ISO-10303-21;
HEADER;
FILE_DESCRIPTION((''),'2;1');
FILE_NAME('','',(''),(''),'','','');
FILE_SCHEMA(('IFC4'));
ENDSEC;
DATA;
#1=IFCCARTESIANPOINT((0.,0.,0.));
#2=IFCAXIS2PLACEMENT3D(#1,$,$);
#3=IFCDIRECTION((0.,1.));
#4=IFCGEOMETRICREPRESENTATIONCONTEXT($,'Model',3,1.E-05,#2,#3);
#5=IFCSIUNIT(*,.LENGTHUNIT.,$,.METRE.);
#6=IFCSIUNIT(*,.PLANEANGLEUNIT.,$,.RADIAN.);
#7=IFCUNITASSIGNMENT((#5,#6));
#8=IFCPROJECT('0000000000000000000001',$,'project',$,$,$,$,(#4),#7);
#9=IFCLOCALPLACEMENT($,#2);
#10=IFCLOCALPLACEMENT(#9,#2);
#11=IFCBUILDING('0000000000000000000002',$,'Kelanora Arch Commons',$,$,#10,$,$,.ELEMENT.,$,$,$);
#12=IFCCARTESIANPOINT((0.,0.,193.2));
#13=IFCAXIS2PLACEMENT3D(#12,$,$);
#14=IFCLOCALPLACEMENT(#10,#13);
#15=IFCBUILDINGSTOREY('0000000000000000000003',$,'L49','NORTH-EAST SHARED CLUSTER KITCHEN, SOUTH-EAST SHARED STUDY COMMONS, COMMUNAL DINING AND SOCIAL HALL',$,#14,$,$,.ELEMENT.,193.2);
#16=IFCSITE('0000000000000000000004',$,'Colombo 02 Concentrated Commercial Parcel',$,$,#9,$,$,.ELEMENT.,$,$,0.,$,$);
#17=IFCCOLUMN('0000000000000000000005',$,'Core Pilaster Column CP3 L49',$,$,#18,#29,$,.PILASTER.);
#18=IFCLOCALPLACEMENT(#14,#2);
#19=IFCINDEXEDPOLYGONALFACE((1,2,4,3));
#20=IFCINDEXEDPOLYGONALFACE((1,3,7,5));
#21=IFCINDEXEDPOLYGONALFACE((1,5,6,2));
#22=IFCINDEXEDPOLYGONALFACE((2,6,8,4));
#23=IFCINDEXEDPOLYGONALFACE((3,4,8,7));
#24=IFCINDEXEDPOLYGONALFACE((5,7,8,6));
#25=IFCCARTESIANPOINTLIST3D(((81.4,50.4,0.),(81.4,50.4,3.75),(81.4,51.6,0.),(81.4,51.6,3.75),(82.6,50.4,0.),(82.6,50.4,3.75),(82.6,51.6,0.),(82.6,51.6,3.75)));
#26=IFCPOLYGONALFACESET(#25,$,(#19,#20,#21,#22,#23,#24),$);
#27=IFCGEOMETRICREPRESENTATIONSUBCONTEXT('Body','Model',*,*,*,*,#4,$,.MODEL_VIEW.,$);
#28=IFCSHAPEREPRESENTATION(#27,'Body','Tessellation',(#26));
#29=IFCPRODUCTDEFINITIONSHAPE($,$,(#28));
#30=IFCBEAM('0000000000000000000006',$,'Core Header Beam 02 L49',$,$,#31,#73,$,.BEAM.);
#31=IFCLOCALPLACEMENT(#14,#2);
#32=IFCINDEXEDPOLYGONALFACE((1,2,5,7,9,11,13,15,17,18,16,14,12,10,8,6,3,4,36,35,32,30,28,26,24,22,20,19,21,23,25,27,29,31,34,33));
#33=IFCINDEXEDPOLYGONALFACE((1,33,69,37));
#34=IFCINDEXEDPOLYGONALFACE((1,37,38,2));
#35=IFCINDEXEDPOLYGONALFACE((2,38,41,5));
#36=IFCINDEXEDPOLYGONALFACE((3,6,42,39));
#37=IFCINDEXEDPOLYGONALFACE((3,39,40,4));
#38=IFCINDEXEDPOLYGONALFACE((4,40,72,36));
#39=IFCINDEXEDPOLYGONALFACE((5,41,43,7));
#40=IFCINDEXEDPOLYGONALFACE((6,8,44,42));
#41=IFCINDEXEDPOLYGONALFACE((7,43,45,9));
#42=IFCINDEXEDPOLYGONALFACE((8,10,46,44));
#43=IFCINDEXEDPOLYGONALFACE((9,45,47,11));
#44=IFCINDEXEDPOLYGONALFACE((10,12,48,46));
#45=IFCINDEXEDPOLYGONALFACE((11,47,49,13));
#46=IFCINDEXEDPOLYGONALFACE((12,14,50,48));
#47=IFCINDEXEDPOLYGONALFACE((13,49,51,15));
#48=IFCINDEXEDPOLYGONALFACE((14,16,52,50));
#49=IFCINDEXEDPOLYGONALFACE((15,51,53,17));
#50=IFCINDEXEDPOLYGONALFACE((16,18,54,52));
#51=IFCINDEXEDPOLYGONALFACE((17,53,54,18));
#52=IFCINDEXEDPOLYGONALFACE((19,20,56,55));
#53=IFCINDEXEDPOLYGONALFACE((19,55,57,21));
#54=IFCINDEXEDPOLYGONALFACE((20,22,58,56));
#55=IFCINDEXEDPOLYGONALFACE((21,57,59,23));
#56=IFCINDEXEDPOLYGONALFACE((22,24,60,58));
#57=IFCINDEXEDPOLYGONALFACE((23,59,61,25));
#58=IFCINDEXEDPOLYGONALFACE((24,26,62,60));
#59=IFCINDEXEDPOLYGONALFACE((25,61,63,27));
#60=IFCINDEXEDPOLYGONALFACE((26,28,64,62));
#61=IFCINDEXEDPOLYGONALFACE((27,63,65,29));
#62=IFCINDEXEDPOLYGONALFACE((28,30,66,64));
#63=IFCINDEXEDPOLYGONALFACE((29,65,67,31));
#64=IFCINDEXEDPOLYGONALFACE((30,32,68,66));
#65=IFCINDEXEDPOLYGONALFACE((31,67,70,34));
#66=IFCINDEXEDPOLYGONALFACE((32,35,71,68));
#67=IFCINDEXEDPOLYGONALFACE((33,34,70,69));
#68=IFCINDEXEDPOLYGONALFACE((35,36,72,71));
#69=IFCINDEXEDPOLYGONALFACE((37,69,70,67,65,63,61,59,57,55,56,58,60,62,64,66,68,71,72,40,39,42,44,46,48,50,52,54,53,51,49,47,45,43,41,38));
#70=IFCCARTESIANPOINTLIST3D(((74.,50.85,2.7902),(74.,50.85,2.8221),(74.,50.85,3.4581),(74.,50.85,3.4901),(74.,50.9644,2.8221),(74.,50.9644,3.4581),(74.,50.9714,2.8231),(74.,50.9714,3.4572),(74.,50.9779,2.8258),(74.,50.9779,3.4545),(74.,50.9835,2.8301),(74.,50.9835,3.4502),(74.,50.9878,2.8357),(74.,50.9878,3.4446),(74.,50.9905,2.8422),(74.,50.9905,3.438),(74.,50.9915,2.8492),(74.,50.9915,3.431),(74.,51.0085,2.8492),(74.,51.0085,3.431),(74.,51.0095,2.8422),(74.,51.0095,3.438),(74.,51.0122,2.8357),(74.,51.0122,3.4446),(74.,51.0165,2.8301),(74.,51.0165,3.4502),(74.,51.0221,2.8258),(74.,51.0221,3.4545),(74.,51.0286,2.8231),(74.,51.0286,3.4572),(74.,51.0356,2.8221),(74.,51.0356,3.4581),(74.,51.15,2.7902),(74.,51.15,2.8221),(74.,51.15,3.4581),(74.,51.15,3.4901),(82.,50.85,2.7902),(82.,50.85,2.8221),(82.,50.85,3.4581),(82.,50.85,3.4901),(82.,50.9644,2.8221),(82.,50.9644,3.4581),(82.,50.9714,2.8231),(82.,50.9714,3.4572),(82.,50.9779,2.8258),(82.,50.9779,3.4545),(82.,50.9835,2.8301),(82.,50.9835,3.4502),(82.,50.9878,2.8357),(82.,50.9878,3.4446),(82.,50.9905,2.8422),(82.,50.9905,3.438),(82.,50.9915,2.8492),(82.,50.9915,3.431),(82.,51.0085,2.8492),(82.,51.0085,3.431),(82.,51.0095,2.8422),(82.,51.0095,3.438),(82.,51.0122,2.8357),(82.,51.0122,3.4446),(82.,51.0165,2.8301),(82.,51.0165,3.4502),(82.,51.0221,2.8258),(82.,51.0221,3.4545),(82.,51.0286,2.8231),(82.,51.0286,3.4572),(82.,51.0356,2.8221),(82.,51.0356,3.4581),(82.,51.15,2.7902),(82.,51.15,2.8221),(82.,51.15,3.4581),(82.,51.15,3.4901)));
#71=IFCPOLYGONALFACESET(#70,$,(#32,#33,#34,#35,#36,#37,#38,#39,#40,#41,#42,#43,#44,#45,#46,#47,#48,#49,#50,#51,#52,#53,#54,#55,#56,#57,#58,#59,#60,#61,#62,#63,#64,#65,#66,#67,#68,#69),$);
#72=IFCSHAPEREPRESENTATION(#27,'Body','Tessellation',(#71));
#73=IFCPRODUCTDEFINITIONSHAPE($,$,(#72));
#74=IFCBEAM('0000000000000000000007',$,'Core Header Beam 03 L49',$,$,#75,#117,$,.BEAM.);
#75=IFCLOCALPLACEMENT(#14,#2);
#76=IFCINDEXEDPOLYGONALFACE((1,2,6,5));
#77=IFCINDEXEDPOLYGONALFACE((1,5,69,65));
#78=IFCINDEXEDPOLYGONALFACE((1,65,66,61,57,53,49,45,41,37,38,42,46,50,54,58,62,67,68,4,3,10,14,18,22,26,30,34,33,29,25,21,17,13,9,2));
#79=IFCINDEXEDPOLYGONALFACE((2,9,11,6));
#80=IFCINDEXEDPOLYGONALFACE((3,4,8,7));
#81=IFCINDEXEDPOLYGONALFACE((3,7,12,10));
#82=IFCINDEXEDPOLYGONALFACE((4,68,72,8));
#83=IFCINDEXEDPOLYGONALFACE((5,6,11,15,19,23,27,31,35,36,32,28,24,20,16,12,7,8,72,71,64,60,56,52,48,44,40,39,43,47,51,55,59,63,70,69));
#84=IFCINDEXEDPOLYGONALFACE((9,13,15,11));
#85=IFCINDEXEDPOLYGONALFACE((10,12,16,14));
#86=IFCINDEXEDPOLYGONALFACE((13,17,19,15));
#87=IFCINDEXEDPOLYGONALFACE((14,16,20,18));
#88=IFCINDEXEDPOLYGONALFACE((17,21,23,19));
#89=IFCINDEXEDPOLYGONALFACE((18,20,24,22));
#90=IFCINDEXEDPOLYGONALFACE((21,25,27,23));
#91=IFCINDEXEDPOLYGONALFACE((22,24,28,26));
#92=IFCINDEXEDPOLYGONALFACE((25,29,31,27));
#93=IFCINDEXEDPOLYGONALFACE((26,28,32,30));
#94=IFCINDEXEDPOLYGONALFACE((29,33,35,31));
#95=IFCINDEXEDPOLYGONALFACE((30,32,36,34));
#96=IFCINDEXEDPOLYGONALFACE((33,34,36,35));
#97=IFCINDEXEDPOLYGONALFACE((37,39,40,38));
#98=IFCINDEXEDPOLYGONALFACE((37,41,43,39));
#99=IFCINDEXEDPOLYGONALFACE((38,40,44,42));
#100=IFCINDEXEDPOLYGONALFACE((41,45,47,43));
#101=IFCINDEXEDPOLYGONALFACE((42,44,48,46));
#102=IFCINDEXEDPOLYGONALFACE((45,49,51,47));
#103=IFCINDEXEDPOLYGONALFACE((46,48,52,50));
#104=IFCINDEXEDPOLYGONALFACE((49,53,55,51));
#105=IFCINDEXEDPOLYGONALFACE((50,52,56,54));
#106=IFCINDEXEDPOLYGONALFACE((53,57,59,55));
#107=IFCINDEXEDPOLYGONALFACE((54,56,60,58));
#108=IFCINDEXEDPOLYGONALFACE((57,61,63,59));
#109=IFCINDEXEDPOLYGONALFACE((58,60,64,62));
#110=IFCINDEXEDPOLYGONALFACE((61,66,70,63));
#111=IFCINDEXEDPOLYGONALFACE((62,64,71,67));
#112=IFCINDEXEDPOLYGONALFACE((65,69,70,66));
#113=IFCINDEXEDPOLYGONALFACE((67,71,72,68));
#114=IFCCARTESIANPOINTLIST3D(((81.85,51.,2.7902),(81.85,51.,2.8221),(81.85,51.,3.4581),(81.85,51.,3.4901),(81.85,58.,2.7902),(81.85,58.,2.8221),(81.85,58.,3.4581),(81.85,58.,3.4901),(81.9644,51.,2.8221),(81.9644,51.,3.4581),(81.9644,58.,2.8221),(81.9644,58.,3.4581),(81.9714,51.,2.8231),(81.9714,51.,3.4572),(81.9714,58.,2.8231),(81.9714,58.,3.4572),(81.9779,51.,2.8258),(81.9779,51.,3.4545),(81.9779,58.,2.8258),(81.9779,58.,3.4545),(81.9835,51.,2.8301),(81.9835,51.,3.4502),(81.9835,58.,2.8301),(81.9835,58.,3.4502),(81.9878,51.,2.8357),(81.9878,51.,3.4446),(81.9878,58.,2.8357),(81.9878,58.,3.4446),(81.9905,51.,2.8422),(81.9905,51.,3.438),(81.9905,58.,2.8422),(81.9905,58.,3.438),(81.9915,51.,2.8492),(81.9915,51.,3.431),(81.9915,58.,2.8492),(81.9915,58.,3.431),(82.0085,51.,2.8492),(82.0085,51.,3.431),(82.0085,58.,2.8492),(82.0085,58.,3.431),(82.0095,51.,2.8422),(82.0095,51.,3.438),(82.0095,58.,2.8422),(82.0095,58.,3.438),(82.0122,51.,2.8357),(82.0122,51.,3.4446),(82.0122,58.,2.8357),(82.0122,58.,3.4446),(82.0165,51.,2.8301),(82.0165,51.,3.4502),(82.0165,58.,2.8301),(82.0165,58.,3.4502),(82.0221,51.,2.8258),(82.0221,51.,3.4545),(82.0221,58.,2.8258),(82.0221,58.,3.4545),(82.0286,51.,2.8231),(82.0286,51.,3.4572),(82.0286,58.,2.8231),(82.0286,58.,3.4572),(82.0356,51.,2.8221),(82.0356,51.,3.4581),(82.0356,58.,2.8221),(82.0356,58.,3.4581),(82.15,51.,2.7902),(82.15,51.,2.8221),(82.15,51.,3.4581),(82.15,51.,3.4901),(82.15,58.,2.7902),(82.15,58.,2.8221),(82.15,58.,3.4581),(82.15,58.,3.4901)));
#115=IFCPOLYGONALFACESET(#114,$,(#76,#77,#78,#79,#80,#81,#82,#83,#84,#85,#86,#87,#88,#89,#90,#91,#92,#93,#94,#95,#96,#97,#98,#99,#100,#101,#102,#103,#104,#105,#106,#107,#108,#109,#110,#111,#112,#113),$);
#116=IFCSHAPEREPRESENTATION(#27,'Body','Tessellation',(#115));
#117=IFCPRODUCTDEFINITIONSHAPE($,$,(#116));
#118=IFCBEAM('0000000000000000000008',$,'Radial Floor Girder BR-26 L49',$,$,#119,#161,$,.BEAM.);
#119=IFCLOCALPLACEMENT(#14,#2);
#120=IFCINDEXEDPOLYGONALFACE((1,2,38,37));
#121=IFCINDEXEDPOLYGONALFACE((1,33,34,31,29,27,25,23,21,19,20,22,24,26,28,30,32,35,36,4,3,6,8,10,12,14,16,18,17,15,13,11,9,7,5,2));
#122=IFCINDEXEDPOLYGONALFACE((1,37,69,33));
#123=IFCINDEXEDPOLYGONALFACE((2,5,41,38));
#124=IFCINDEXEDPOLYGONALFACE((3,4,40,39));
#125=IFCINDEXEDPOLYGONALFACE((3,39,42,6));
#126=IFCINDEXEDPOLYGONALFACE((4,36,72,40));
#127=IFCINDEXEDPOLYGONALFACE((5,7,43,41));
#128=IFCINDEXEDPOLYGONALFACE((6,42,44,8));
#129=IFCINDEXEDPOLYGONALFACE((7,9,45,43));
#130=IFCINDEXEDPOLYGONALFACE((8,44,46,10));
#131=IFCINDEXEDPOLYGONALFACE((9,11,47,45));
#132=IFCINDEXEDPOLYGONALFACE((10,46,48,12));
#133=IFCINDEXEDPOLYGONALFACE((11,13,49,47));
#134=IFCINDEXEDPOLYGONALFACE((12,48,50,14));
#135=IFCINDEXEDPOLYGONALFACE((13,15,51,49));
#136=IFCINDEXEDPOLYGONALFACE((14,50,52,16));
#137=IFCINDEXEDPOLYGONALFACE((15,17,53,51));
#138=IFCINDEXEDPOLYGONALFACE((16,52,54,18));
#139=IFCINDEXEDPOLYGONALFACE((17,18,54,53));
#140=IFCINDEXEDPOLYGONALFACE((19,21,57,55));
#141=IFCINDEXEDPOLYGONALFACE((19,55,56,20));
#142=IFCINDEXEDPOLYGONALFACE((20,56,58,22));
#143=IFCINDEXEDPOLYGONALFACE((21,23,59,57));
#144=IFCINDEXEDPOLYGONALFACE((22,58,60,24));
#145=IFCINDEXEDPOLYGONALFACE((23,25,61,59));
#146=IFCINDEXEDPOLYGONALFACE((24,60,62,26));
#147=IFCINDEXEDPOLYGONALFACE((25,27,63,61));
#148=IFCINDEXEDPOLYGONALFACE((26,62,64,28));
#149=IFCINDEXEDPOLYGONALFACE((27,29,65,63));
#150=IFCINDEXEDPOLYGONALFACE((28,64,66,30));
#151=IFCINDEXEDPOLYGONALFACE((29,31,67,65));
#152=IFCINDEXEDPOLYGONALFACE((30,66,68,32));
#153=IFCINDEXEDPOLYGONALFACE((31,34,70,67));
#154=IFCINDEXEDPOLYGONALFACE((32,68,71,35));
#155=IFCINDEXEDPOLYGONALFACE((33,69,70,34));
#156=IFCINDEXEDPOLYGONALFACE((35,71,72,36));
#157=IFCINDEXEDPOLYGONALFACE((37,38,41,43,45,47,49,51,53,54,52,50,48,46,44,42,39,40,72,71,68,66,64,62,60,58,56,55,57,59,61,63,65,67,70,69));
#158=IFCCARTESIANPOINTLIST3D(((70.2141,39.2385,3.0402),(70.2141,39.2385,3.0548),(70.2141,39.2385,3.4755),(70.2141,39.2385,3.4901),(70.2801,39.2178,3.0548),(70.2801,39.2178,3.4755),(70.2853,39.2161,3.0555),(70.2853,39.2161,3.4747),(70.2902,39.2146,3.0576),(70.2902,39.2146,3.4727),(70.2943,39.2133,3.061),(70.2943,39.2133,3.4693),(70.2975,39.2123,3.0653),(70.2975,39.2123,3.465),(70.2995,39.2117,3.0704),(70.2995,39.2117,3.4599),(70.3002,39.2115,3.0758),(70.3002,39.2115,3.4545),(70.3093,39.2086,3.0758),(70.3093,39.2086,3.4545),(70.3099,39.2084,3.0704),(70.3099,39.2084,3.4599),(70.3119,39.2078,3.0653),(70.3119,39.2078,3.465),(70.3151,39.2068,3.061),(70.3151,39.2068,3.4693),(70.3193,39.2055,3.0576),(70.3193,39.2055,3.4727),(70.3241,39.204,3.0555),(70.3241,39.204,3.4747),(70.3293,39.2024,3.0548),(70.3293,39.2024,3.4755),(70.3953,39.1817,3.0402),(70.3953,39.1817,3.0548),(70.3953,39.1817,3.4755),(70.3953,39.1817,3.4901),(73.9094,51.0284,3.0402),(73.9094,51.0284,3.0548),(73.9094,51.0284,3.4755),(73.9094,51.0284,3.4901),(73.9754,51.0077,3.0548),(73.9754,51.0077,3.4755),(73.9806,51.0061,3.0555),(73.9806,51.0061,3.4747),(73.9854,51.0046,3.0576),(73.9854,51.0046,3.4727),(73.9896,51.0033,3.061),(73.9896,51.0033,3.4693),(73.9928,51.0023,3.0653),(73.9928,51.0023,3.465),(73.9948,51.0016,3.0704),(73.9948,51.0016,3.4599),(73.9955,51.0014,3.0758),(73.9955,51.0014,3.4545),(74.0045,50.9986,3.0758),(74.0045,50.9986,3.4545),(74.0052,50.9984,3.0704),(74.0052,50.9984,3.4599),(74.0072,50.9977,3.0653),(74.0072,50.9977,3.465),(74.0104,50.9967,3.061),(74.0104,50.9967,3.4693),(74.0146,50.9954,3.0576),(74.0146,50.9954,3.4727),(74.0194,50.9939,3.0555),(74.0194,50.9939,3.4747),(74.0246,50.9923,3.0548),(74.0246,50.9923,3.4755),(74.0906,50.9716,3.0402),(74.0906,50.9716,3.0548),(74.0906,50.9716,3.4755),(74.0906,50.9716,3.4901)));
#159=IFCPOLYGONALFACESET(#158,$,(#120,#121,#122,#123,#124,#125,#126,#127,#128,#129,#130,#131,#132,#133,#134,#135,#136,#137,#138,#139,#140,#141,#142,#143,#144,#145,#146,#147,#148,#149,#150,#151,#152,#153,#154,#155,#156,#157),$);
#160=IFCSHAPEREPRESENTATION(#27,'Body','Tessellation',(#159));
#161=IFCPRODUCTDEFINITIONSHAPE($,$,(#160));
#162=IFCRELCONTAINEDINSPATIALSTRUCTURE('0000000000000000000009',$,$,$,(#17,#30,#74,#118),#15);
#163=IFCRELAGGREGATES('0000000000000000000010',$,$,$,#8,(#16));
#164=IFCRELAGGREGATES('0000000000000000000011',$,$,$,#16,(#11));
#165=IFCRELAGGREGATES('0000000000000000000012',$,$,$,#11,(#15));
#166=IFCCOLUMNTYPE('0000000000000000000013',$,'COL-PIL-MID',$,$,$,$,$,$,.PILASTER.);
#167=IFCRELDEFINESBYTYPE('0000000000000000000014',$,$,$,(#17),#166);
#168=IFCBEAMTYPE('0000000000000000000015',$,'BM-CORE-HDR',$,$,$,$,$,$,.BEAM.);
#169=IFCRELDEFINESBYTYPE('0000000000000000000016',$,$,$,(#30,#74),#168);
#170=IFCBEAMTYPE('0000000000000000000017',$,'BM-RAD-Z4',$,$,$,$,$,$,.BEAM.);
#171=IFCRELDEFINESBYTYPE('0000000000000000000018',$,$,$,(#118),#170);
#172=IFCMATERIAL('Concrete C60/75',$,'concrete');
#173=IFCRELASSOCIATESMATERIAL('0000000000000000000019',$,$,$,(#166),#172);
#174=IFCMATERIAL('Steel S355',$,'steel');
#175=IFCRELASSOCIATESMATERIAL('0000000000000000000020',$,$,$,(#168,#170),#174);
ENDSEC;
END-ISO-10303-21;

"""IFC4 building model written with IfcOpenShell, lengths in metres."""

from ifc_helpers import new_model, si_unit, direction, frame, origin, origin_2d, place, context, subcontext, project, spatial, rectangle, i_section, extrude, material, material_profile, profile_set, type_object, element, save


model = new_model("IFC4")

# Units and contexts
model_context = context("Model", 3, precision=1e-05, world=origin(), true_north=direction((0.0, 1.0)))
body_context = subcontext(model_context, "Body", "Model", "MODEL_VIEW")
ifc_project = project(units=[si_unit("LENGTHUNIT", "METRE"), si_unit("PLANEANGLEUNIT", "RADIAN")], contexts=[model_context])

# Site, building, storey
site_placement = place(None, origin())
site = spatial("IfcSite", under=ifc_project, at=site_placement, Name="Colombo 02 Concentrated Commercial Parcel", CompositionType="ELEMENT", RefElevation=0.0)
building_placement = place(site_placement, origin())
building = spatial("IfcBuilding", under=site, at=building_placement, Name="Kelanora Arch Commons", CompositionType="ELEMENT")
storey_placement = place(building_placement, frame((0.0, 0.0, 193.2)))
storey = spatial("IfcBuildingStorey", under=building, at=storey_placement, Name="L49", Description="NORTH-EAST SHARED CLUSTER KITCHEN, SOUTH-EAST SHARED STUDY COMMONS, COMMUNAL DINING AND SOCIAL HALL", CompositionType="ELEMENT", Elevation=193.2)

# Column
ifc_material_1 = material(Name="Concrete C60/75", Category="concrete")
ifc_material_profile_1 = material_profile(ifc_material_1, rectangle(XDim=1.2, YDim=1.2, at=origin_2d()), Name="RC1200x1200")
ifc_profile_set_1 = profile_set([ifc_material_profile_1], Name="Concrete C60/75")
column_type = type_object("IfcColumnType", Name="COL-PIL-MID", PredefinedType="PILASTER", material=ifc_profile_set_1)
column_placement = place(storey_placement, frame((82.0, 51.0, 0.0), z_axis=(0.0, 0.0, 1.0), x_axis=(1.0, 0.0, 0.0)))
element("IfcColumn", 1, at=column_placement, inside=storey, type_object=column_type, Name="Core Pilaster Column CP3 L49", PredefinedType="PILASTER", context=body_context, shape_type="SweptSolid", body=[
    extrude(rectangle(XDim=1.2, YDim=1.2, at=origin_2d()), origin(), (0.0, 0.0, 1.0), 3.75),
])

# Beams
ifc_material_2 = material(Name="Steel S355", Category="steel")
ifc_material_profile_2 = material_profile(ifc_material_2, i_section(OverallWidth=0.3, OverallDepth=0.7, WebThickness=0.0171, FlangeThickness=0.032, FilletRadius=0.0271, at=origin_2d()), Name="HEB700")
ifc_profile_set_2 = profile_set([ifc_material_profile_2], Name="Steel S355")
beam_type_1 = type_object("IfcBeamType", Name="BM-CORE-HDR", PredefinedType="BEAM", material=ifc_profile_set_2)
beam_1_placement = place(storey_placement, frame((74.0, 51.0, 3.1401), z_axis=(1.0, 0.0, 0.0), x_axis=(0.0, 1.0, 0.0)))
element("IfcBeam", 2, at=beam_1_placement, inside=storey, type_object=beam_type_1, Name="Core Header Beam 02 L49", PredefinedType="BEAM", context=body_context, shape_type="SweptSolid", body=[
    extrude(i_section(OverallWidth=0.3, OverallDepth=0.7, WebThickness=0.0171, FlangeThickness=0.032, FilletRadius=0.0271, at=origin_2d()), origin(), (0.0, 0.0, 1.0), 8.0),
])
beam_2_placement = place(storey_placement, frame((82.0, 51.0, 3.1401), z_axis=(0.0, 1.0, 0.0), x_axis=(-1.0, 0.0, 0.0)))
element("IfcBeam", 3, at=beam_2_placement, inside=storey, type_object=beam_type_1, Name="Core Header Beam 03 L49", PredefinedType="BEAM", context=body_context, shape_type="SweptSolid", body=[
    extrude(i_section(OverallWidth=0.3, OverallDepth=0.7, WebThickness=0.0171, FlangeThickness=0.032, FilletRadius=0.0271, at=origin_2d()), origin(), (0.0, 0.0, 1.0), 7.0),
])
ifc_material_profile_3 = material_profile(ifc_material_2, i_section(OverallWidth=0.1899, OverallDepth=0.45, WebThickness=0.0095, FlangeThickness=0.0146, FilletRadius=0.021, at=origin_2d()), Name="IPE450")
ifc_profile_set_3 = profile_set([ifc_material_profile_3], Name="Steel S355")
beam_type_2 = type_object("IfcBeamType", Name="BM-RAD-Z4", PredefinedType="BEAM", material=ifc_profile_set_3)
for number, where, z_axis, x_axis, name in (
    (4, (74.0, 51.0, 3.2651), (-0.29908, -0.954228, 0.0), (0.954228, -0.29908, 0.0), "Radial Floor Girder BR-26 L49"),
):
    element("IfcBeam", number, at=place(storey_placement, frame(where, z_axis=z_axis, x_axis=x_axis)), inside=storey, type_object=beam_type_2, Name=name, PredefinedType="BEAM", context=body_context, shape_type="SweptSolid", body=[
        extrude(i_section(OverallWidth=0.1899, OverallDepth=0.45, WebThickness=0.0095, FlangeThickness=0.0146, FilletRadius=0.021, at=origin_2d()), origin(), (0.0, 0.0, 1.0), 12.3555),
    ])

save(model, "model.ifc")
